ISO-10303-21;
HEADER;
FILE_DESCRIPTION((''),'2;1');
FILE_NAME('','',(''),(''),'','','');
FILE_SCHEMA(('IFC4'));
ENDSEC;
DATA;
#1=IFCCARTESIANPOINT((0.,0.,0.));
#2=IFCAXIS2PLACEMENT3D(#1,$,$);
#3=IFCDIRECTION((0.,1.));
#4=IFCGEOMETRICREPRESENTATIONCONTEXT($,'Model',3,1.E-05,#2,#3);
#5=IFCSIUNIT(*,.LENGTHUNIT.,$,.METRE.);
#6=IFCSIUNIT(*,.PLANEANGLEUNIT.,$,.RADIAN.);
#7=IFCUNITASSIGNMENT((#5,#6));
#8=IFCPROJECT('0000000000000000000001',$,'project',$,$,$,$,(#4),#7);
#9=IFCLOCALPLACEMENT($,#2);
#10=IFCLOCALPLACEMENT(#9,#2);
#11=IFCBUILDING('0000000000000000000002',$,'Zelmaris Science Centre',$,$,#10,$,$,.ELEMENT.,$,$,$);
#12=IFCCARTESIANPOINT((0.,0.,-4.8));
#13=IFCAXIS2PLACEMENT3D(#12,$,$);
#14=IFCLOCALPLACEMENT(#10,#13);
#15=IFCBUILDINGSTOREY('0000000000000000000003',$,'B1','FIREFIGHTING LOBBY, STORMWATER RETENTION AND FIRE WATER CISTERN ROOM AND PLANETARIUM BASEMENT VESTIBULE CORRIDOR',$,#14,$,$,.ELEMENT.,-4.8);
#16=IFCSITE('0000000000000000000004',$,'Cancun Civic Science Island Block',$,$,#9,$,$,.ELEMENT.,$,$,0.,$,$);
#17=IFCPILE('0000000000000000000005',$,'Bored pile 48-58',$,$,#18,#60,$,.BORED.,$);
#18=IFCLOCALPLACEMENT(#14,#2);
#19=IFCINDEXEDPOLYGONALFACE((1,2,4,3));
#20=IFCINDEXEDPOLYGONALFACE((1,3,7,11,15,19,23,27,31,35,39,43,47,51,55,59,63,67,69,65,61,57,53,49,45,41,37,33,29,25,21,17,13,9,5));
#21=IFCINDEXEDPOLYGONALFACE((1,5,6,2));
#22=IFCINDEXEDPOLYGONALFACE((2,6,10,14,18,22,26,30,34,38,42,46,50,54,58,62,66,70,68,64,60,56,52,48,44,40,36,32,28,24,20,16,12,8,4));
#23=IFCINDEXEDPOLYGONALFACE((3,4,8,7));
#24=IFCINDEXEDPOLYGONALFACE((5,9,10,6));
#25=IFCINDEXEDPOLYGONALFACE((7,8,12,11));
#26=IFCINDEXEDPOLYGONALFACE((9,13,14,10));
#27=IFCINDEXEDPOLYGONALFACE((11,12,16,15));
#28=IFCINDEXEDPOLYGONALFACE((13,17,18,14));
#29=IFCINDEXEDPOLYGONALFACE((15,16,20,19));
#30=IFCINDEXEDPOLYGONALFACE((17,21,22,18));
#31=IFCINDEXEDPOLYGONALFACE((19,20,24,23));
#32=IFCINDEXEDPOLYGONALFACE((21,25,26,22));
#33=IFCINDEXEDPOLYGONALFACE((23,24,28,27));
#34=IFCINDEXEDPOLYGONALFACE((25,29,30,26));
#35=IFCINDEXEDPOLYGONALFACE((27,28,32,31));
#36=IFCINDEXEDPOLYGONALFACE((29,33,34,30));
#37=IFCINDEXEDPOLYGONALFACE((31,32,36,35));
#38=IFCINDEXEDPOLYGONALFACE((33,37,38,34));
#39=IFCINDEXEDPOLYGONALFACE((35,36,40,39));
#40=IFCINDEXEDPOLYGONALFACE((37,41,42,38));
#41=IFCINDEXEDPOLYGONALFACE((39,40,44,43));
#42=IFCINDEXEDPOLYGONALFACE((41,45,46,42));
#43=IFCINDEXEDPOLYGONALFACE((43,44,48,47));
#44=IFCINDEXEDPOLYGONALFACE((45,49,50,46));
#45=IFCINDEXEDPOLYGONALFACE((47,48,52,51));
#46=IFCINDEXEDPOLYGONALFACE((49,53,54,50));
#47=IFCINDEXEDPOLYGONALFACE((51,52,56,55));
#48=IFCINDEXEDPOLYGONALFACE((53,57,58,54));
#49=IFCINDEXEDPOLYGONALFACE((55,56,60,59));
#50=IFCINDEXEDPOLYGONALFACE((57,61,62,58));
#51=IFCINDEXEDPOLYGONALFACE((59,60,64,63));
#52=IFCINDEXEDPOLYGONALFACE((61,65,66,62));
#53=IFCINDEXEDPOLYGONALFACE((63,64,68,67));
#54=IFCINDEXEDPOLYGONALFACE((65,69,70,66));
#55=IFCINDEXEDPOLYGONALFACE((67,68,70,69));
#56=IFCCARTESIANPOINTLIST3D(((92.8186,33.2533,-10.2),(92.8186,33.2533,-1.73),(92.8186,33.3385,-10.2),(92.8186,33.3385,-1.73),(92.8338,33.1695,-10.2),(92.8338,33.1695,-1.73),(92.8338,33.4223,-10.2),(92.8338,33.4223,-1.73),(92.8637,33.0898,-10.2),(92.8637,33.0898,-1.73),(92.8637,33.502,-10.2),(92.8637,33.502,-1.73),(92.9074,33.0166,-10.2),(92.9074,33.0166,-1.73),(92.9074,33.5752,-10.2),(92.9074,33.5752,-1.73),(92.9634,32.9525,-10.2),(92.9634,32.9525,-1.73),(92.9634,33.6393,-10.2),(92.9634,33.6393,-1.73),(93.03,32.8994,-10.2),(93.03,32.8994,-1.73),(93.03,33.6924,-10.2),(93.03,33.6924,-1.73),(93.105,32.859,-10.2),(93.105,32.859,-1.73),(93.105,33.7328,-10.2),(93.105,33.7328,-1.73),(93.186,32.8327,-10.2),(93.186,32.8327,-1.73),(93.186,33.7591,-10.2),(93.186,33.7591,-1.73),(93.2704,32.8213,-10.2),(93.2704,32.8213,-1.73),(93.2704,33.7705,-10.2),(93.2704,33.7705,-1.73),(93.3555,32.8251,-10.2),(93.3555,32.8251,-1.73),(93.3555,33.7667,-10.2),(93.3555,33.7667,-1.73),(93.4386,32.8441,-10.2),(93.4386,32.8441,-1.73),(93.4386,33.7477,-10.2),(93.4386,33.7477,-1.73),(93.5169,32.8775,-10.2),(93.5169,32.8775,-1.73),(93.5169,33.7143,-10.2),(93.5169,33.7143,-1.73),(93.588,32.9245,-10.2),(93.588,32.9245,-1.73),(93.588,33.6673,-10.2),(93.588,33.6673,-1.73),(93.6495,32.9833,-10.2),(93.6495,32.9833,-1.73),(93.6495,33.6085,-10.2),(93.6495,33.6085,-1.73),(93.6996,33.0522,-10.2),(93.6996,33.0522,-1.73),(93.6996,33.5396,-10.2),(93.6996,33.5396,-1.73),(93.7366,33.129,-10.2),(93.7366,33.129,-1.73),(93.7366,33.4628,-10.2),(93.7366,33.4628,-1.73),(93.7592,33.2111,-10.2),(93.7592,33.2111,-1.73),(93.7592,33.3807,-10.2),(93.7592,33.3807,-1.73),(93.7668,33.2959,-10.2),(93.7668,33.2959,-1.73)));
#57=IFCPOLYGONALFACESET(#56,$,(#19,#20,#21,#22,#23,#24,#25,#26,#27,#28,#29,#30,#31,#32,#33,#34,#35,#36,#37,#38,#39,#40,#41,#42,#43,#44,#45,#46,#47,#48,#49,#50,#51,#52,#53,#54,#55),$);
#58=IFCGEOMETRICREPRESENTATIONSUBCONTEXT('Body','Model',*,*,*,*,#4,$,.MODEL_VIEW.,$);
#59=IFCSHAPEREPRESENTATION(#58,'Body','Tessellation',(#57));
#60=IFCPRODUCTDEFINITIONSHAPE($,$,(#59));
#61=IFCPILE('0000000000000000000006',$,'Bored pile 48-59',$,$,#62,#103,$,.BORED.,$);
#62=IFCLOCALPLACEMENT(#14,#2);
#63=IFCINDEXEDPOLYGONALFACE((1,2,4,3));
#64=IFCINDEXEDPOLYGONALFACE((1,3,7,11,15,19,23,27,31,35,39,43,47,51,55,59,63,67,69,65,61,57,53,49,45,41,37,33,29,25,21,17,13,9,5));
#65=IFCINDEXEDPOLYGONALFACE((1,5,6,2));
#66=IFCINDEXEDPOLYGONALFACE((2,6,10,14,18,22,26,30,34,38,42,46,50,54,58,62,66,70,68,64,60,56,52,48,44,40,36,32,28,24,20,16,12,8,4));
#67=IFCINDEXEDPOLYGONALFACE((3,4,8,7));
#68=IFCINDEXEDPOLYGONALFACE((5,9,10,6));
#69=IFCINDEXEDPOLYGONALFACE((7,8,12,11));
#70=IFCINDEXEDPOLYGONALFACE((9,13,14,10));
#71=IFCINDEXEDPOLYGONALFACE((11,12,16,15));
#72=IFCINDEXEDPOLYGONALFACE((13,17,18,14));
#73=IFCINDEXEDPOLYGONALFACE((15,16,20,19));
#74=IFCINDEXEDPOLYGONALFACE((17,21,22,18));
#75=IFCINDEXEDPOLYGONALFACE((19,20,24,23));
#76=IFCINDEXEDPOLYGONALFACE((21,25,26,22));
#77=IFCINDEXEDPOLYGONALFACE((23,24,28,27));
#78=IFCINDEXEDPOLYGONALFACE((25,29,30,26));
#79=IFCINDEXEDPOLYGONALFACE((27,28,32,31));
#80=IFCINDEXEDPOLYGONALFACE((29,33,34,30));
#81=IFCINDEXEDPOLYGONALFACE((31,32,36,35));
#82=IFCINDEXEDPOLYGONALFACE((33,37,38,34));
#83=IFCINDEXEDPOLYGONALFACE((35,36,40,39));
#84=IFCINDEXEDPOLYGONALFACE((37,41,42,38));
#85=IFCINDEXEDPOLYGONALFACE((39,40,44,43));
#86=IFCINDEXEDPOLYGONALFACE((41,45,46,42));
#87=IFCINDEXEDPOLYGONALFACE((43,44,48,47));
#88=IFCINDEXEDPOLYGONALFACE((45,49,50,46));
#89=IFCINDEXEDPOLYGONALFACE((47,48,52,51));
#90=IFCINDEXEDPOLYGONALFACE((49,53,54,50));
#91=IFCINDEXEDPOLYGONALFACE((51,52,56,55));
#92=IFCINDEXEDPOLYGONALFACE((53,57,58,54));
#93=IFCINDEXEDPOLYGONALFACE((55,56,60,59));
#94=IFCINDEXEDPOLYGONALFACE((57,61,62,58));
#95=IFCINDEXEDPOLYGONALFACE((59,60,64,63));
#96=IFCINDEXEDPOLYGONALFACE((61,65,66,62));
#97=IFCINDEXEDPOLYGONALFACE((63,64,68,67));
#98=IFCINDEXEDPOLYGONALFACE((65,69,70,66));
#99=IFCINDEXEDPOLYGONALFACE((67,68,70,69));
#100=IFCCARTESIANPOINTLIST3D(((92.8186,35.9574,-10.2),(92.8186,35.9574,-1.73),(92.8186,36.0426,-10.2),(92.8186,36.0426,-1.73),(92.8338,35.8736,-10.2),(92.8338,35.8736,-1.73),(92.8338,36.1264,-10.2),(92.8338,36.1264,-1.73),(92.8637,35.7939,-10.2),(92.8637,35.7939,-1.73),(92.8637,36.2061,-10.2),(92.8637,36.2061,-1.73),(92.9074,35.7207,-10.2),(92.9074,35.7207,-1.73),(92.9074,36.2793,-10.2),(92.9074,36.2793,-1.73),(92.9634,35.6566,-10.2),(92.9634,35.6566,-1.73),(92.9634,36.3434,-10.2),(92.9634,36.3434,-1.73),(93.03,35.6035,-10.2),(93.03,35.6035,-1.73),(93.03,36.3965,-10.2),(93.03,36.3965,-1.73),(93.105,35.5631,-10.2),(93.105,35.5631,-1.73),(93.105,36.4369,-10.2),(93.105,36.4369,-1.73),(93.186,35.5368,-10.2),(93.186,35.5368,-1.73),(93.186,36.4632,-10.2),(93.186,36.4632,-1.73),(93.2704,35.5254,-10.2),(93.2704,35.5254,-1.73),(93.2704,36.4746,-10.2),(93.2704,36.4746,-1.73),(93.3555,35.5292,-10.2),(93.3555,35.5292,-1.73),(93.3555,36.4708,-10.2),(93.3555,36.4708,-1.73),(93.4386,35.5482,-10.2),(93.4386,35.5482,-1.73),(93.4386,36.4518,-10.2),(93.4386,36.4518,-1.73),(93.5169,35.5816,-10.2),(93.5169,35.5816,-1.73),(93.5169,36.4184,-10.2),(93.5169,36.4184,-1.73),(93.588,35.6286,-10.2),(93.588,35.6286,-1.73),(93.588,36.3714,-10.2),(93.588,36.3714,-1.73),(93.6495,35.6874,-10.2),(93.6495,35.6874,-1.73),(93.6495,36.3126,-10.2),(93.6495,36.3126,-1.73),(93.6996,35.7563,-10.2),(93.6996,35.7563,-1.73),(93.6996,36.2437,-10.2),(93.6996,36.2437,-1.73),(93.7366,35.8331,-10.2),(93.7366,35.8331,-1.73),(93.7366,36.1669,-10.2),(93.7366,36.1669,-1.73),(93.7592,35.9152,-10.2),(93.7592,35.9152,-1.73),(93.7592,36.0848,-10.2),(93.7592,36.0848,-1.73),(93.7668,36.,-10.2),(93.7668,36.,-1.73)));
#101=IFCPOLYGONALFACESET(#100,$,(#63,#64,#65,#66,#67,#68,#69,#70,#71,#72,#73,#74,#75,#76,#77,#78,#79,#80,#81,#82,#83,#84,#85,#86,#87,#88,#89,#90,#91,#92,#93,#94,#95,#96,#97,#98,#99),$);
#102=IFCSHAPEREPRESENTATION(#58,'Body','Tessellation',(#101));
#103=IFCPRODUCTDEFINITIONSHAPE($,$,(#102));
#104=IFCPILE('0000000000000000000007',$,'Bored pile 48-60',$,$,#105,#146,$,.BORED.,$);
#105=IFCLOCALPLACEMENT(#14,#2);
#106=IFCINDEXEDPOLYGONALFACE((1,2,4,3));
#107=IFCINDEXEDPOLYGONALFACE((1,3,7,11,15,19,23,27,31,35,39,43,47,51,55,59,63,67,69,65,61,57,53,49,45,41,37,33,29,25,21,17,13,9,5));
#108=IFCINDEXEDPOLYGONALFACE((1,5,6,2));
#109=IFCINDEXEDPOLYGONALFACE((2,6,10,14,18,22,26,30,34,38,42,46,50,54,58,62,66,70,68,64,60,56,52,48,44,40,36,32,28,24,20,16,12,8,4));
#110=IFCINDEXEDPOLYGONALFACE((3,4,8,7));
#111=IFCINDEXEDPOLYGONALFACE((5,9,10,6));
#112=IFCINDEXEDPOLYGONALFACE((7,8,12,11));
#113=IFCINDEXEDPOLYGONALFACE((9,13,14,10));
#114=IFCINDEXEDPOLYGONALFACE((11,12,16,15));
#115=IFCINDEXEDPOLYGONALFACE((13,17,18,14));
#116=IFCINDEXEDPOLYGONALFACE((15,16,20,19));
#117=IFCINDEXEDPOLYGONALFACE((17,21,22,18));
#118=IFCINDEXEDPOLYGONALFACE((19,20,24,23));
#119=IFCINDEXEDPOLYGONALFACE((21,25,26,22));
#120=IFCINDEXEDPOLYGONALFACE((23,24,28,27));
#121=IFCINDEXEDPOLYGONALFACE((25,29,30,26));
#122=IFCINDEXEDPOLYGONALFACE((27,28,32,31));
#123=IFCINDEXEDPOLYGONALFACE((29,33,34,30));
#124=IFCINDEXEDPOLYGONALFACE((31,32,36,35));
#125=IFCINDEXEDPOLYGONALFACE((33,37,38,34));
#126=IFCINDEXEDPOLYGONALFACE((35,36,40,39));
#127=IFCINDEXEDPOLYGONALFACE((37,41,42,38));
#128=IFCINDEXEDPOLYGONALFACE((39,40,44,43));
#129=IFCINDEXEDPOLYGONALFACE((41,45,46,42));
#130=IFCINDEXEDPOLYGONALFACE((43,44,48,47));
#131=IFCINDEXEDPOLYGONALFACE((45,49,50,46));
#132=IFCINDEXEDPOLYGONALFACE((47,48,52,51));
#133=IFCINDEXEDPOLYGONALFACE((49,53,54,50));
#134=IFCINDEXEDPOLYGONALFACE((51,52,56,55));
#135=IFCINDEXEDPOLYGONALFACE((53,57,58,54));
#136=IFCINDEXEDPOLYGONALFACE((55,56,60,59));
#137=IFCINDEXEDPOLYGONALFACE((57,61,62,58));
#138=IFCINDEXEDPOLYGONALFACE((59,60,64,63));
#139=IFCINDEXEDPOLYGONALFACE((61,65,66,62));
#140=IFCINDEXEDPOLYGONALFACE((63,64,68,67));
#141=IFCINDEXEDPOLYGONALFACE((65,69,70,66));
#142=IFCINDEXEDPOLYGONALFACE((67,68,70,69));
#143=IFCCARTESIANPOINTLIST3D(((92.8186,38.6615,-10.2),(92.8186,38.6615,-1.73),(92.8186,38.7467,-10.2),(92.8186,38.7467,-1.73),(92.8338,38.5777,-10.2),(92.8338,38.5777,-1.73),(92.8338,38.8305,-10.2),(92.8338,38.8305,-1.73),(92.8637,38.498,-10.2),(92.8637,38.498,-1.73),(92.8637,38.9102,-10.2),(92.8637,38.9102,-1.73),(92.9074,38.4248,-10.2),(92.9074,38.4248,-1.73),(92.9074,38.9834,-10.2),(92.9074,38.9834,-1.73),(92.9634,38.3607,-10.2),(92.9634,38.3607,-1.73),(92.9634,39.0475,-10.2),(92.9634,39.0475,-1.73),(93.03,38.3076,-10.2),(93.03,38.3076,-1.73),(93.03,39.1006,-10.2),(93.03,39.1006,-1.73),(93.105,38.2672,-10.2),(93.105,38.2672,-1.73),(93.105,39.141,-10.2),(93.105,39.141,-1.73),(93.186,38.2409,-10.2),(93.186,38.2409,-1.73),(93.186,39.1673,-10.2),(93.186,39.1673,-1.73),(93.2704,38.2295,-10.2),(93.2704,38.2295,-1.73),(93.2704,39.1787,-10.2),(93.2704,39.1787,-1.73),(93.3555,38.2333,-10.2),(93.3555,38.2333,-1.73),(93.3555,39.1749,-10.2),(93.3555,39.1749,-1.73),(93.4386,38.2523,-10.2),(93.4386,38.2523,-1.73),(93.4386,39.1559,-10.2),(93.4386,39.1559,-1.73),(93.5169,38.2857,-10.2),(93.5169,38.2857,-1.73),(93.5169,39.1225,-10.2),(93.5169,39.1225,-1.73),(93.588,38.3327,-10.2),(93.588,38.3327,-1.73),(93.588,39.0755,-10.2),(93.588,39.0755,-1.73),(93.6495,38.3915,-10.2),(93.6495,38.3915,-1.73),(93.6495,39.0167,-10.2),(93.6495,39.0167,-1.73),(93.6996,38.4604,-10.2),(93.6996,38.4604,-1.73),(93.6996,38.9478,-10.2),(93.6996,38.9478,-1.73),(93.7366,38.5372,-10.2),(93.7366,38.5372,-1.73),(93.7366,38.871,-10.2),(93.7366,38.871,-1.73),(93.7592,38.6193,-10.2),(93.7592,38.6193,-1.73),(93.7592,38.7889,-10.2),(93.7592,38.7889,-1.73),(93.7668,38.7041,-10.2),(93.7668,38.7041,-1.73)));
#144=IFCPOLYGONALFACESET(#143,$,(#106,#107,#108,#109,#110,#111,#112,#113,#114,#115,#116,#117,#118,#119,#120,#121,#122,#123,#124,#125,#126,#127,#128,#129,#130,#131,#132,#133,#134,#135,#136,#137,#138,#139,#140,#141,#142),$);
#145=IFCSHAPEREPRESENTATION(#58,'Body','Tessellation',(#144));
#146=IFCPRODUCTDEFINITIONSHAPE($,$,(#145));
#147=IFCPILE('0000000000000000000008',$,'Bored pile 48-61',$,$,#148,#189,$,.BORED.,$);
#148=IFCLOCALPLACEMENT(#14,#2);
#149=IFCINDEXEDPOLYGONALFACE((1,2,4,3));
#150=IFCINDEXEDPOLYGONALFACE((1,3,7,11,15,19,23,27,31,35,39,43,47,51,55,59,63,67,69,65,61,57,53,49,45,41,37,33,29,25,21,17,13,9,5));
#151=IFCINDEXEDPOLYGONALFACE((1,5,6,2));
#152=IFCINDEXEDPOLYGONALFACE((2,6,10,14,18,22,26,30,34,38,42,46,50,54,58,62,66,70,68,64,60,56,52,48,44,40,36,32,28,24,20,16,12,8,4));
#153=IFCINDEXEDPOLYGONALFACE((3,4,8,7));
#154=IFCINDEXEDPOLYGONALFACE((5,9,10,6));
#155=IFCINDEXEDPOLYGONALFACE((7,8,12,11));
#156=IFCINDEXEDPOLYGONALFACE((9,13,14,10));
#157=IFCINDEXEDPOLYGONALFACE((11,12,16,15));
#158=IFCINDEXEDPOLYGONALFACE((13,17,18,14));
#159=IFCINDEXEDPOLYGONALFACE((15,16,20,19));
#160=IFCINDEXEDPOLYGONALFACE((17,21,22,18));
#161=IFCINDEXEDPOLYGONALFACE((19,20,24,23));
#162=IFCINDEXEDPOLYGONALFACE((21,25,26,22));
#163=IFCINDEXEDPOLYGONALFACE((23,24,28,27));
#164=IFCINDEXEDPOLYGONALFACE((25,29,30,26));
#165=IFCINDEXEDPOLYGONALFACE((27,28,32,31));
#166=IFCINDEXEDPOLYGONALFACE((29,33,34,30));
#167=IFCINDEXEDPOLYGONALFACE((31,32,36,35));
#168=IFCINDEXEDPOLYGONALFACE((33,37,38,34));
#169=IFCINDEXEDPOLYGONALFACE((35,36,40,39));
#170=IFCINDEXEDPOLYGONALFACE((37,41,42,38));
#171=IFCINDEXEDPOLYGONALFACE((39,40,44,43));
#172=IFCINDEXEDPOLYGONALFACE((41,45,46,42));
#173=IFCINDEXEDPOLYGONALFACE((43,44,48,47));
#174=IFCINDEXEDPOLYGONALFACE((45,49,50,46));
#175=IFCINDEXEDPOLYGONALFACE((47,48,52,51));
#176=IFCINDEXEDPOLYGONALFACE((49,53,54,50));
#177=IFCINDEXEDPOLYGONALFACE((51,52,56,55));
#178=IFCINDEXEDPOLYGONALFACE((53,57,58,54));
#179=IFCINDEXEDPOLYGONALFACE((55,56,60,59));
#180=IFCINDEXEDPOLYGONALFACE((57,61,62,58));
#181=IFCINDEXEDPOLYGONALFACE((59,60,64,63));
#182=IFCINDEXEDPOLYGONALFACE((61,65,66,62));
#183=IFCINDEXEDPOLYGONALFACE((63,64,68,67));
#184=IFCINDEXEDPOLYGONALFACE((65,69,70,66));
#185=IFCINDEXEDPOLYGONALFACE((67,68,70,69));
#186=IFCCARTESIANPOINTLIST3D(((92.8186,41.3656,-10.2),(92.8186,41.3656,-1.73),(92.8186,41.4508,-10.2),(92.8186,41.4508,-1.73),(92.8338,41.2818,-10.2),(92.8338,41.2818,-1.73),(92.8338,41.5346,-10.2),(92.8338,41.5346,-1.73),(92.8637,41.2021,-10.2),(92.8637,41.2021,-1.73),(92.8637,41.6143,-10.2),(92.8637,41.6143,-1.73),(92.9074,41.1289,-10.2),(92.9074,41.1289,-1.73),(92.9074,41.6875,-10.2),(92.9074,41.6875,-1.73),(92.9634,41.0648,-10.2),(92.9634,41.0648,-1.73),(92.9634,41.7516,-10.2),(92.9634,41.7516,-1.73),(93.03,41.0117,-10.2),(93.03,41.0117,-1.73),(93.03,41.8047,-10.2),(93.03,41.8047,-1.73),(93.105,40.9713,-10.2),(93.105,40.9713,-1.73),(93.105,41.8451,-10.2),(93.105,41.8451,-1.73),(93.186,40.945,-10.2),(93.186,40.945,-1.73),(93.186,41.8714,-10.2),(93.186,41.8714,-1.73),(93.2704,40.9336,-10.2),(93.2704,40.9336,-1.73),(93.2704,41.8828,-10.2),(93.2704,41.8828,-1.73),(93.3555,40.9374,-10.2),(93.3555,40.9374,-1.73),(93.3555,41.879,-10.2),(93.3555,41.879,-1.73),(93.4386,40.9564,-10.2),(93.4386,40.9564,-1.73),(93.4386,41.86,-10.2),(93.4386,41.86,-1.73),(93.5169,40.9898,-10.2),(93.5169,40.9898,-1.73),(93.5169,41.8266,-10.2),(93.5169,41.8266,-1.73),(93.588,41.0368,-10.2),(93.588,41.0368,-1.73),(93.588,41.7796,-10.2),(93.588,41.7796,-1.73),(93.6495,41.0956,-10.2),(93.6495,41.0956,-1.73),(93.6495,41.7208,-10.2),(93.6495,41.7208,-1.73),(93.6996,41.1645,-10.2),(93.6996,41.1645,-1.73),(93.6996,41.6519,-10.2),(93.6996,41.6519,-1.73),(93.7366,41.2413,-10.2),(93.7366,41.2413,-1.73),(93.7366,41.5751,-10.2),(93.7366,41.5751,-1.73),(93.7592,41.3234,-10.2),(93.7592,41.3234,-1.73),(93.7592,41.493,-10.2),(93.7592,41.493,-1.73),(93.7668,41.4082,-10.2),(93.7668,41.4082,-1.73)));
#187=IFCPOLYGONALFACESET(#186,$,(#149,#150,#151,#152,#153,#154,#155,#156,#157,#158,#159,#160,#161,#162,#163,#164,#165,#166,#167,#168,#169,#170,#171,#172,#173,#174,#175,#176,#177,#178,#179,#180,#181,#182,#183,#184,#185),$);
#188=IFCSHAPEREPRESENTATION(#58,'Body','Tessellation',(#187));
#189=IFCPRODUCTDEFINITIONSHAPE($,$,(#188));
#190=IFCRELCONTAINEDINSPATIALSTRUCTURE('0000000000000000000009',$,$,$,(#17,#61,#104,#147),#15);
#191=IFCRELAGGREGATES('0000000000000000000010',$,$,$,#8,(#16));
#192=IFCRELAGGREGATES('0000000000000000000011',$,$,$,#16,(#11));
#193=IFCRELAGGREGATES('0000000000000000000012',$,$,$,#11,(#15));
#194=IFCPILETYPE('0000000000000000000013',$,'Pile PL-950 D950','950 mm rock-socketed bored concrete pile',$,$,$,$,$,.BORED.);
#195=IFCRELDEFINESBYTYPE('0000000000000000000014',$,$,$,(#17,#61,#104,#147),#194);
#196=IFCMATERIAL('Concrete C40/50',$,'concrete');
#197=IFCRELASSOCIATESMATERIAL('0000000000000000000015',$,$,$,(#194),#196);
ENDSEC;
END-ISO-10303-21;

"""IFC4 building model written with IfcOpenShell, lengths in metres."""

from ifc_helpers import new_model, si_unit, direction, frame, origin, origin_2d, place, context, subcontext, project, spatial, circle, extrude, material, material_profile, profile_set, type_object, element, save


model = new_model("IFC4")

# Units and contexts
model_context = context("Model", 3, precision=1e-05, world=origin(), true_north=direction((0.0, 1.0)))
body_context = subcontext(model_context, "Body", "Model", "MODEL_VIEW")
ifc_project = project(units=[si_unit("LENGTHUNIT", "METRE"), si_unit("PLANEANGLEUNIT", "RADIAN")], contexts=[model_context])

# Site, building, storey
site_placement = place(None, origin())
site = spatial("IfcSite", under=ifc_project, at=site_placement, Name="Cancun Civic Science Island Block", CompositionType="ELEMENT", RefElevation=0.0)
building_placement = place(site_placement, origin())
building = spatial("IfcBuilding", under=site, at=building_placement, Name="Zelmaris Science Centre", CompositionType="ELEMENT")
storey_placement = place(building_placement, frame((0.0, 0.0, -4.8)))
storey = spatial("IfcBuildingStorey", under=building, at=storey_placement, Name="B1", Description="FIREFIGHTING LOBBY, STORMWATER RETENTION AND FIRE WATER CISTERN ROOM AND PLANETARIUM BASEMENT VESTIBULE CORRIDOR", CompositionType="ELEMENT", Elevation=-4.8)

# Shared definitions
ifc_material_1 = material(Name="Concrete C40/50", Category="concrete")

# Piles
ifc_material_profile_1 = material_profile(ifc_material_1, circle(Radius=0.4751, at=origin_2d()), Name="PILE-950")
ifc_profile_set_1 = profile_set([ifc_material_profile_1], Name="Concrete C40/50")
pile_type_1 = type_object("IfcPileType", Name="Pile PL-950 D950", Description="950 mm rock-socketed bored concrete pile", PredefinedType="BORED", material=ifc_profile_set_1)
for number, where, z_axis, x_axis, name in (
    (1, (93.2917, 33.2959, -1.73), (0.0, 0.0, -1.0), (1.0, 0.0, 0.0), "Bored pile 48-58"),
    (2, (93.2917, 36.0, -1.73), (0.0, 0.0, -1.0), (1.0, 0.0, 0.0), "Bored pile 48-59"),
    (3, (93.2917, 38.7041, -1.73), (0.0, 0.0, -1.0), (1.0, 0.0, 0.0), "Bored pile 48-60"),
    (4, (93.2917, 41.4082, -1.73), (0.0, 0.0, -1.0), (1.0, 0.0, 0.0), "Bored pile 48-61"),
):
    element("IfcPile", number, at=place(storey_placement, frame(where, z_axis=z_axis, x_axis=x_axis)), inside=storey, type_object=pile_type_1, Name=name, PredefinedType="BORED", context=body_context, shape_type="SweptSolid", body=[
        extrude(circle(Radius=0.4751, at=origin_2d()), origin(), (0.0, 0.0, 1.0), 8.47),
    ])

save(model, "model.ifc")
